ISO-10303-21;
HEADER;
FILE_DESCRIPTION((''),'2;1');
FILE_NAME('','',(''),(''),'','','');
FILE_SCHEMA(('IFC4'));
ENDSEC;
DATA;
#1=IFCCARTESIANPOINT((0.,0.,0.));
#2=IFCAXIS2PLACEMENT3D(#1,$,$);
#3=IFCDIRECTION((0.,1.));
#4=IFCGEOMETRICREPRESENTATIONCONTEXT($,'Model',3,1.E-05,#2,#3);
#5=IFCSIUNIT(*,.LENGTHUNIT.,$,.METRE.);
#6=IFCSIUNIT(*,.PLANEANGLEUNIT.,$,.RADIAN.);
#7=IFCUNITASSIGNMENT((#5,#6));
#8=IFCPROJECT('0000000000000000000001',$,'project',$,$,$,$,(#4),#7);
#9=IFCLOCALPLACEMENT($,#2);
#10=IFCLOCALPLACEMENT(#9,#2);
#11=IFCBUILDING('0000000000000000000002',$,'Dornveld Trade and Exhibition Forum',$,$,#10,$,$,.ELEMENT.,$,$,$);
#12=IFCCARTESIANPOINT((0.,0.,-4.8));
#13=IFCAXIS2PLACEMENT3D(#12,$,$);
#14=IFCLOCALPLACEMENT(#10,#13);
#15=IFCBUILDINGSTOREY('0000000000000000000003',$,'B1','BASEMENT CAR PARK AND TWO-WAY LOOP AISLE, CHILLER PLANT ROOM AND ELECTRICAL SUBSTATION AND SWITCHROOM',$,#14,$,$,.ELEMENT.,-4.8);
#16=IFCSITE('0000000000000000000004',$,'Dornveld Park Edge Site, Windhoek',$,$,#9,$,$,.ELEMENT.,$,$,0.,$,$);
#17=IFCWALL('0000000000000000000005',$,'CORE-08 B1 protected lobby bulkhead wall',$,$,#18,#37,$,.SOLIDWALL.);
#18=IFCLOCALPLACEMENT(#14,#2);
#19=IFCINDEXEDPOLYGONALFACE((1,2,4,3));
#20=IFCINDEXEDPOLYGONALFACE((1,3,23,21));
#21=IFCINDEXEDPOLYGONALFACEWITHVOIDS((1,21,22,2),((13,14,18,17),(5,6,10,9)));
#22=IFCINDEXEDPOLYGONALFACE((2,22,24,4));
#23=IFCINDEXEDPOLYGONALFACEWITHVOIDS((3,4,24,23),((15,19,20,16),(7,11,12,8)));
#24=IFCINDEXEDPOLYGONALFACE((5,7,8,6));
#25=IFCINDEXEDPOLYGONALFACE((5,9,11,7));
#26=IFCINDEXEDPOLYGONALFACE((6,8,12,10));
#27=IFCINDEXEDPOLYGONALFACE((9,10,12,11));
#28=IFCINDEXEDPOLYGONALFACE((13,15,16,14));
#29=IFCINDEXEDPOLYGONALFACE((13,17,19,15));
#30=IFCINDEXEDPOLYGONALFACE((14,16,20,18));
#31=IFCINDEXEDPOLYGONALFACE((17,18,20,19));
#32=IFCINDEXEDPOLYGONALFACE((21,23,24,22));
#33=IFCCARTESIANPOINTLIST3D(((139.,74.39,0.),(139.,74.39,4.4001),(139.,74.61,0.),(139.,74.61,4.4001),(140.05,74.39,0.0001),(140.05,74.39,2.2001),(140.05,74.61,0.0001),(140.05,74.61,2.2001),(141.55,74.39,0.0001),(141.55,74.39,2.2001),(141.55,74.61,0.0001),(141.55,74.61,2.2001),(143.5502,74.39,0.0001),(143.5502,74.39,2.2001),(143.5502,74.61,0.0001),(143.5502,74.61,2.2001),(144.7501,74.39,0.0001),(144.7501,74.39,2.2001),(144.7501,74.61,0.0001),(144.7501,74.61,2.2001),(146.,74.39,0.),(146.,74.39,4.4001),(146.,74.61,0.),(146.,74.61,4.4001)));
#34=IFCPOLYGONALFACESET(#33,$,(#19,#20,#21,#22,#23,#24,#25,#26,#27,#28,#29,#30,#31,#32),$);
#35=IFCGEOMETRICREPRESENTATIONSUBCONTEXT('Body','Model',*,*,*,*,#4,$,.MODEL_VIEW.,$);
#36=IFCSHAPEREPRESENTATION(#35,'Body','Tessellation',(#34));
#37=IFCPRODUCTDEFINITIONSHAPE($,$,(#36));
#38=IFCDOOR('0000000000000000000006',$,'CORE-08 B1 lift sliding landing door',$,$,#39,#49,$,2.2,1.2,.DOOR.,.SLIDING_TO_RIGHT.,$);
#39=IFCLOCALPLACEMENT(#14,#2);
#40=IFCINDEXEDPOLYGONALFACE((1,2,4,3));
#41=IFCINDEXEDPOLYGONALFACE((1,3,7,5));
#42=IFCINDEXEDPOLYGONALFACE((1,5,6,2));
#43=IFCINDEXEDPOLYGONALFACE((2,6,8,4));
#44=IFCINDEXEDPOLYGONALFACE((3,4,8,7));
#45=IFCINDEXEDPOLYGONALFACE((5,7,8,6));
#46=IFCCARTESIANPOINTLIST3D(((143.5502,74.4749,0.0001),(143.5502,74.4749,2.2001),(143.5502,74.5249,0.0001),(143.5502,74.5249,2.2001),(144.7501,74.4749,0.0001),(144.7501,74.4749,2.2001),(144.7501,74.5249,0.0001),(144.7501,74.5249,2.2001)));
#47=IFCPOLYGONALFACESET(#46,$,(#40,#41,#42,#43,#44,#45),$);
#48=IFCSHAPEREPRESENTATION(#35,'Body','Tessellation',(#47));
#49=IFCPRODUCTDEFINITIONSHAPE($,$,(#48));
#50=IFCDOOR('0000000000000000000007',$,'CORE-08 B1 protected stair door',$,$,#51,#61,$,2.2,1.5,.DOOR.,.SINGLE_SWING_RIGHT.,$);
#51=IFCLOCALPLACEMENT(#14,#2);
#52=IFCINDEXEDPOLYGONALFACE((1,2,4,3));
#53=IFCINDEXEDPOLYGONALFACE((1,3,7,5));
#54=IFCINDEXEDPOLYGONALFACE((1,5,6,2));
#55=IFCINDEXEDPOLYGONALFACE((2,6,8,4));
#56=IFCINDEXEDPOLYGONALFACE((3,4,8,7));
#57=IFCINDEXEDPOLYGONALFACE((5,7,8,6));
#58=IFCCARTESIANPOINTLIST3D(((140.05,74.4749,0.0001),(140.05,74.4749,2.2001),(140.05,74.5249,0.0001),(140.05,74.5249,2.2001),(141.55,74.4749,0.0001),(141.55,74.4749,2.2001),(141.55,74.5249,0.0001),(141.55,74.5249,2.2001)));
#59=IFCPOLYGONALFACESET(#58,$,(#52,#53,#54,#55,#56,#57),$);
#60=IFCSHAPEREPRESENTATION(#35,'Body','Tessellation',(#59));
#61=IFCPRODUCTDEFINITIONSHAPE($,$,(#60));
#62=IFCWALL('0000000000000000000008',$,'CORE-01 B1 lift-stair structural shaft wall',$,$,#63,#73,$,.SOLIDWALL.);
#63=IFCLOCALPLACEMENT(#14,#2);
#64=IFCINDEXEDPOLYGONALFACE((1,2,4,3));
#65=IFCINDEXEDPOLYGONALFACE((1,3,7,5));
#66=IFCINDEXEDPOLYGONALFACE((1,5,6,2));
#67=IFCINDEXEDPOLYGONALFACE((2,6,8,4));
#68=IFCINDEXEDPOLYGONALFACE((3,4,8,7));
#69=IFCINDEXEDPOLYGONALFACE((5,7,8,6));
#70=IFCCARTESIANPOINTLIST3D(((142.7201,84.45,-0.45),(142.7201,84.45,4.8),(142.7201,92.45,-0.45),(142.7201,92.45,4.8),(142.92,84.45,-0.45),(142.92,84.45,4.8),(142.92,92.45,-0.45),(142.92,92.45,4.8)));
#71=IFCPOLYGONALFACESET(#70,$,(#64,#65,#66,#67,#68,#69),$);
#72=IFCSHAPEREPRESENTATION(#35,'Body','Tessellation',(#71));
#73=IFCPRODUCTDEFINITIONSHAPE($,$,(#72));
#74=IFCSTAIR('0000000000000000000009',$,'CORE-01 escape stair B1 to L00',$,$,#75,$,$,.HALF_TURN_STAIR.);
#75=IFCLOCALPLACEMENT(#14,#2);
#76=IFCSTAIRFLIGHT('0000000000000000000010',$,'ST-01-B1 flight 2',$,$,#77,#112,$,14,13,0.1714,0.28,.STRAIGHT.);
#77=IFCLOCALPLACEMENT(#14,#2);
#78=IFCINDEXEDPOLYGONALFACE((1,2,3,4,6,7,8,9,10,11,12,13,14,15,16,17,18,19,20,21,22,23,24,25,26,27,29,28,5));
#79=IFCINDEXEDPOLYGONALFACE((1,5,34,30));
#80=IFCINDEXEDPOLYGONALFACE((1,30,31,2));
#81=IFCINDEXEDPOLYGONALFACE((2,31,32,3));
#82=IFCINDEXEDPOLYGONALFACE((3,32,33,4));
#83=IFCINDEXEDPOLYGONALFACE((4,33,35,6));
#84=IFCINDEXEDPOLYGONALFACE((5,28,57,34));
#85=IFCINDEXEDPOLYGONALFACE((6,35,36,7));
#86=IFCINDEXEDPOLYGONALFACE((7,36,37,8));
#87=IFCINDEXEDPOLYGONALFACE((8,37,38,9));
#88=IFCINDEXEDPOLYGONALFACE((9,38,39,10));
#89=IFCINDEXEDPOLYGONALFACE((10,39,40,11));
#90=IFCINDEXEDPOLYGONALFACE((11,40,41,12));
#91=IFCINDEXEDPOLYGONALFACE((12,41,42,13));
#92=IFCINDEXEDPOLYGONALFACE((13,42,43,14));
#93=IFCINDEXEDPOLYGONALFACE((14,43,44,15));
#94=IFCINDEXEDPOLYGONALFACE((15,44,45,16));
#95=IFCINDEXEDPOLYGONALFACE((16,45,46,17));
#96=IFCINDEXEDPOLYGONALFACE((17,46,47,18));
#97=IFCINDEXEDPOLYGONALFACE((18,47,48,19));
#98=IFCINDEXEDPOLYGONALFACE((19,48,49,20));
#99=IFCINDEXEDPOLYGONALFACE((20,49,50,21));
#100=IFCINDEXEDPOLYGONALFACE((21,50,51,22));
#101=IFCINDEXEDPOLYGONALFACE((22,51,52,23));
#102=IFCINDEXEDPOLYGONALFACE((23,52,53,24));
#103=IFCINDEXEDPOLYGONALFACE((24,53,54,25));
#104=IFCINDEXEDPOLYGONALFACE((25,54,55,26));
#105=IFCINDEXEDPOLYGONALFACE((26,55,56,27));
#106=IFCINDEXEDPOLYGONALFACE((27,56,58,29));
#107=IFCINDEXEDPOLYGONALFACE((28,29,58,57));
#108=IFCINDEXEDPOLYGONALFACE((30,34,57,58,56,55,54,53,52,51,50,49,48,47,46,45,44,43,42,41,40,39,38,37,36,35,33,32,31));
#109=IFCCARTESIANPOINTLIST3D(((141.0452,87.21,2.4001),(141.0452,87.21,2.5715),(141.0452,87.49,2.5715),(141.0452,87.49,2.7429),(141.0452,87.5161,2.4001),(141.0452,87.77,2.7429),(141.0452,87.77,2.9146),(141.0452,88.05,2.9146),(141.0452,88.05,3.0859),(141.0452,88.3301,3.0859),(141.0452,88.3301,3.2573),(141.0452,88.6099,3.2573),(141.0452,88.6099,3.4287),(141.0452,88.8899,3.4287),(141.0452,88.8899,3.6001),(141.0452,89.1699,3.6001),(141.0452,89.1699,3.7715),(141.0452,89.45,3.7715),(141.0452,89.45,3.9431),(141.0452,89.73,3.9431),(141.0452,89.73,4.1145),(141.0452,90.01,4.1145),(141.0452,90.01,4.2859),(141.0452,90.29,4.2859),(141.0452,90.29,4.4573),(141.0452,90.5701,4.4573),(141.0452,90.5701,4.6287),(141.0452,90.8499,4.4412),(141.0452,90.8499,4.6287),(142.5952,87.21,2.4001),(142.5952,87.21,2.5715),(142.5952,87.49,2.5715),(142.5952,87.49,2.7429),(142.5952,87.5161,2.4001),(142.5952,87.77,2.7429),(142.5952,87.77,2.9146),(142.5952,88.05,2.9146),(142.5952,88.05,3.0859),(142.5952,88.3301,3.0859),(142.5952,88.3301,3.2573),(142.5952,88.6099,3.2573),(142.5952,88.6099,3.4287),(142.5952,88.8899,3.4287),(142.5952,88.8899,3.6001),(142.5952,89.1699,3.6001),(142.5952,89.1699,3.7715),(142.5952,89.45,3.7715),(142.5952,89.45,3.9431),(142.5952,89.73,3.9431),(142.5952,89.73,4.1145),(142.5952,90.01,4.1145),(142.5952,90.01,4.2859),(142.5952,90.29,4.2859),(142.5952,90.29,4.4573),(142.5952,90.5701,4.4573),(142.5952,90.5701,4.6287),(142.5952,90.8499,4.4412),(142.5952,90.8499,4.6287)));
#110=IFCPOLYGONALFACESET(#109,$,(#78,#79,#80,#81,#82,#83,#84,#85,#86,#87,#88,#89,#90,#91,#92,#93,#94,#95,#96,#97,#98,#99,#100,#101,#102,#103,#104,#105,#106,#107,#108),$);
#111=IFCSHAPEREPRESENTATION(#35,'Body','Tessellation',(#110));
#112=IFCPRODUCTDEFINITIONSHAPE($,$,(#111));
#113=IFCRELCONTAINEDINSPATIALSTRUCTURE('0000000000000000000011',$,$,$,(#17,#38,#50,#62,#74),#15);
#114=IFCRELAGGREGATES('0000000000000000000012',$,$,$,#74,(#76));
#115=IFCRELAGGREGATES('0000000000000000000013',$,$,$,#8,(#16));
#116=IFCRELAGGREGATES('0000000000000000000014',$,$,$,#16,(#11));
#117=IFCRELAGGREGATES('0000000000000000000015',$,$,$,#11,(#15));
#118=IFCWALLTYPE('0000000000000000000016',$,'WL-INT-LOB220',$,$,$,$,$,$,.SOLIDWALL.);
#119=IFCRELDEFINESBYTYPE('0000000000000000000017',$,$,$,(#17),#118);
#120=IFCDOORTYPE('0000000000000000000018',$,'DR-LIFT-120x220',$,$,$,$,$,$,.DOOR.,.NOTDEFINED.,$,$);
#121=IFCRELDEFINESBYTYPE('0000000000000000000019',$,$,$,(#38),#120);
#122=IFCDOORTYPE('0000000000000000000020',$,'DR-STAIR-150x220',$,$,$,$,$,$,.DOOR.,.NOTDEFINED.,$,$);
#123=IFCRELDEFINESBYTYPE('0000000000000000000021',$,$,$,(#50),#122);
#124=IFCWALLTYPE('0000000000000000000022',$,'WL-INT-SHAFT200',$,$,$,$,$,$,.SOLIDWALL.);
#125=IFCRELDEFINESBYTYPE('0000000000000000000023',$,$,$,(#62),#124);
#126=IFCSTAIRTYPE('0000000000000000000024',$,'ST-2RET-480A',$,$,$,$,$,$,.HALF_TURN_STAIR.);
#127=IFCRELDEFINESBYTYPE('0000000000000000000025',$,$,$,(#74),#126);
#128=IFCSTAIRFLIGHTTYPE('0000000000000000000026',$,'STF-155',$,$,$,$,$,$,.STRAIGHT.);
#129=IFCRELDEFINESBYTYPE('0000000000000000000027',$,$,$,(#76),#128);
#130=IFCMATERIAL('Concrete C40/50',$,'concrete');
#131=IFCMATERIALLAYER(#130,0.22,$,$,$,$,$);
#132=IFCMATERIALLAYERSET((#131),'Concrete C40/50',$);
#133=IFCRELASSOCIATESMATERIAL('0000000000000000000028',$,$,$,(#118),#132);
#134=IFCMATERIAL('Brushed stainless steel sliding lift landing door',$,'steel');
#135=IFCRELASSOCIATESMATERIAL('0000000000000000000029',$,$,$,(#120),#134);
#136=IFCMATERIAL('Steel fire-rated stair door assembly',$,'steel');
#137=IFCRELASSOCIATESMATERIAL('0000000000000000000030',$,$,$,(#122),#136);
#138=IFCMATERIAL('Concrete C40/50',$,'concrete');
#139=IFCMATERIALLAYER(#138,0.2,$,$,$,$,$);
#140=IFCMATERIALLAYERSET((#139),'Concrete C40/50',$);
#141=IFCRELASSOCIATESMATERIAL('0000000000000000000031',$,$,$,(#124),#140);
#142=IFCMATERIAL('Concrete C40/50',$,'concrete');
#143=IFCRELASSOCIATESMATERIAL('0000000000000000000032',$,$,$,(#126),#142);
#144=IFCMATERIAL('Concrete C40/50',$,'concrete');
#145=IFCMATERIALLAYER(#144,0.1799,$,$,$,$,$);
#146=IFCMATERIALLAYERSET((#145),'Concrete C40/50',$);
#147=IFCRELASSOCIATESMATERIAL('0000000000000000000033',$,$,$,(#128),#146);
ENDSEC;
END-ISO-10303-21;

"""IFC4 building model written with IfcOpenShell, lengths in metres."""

from ifc_helpers import new_model, si_unit, direction, frame, frame_2d, origin, place, context, subcontext, project, spatial, polyline, rectangle, outline, extrude, material, layer, layer_set, type_object, element, fill, aggregate, save


model = new_model("IFC4")

# Units and contexts
model_context = context("Model", 3, precision=1e-05, world=origin(), true_north=direction((0.0, 1.0)))
body_context = subcontext(model_context, "Body", "Model", "MODEL_VIEW")
ifc_project = project(units=[si_unit("LENGTHUNIT", "METRE"), si_unit("PLANEANGLEUNIT", "RADIAN")], contexts=[model_context])

# Site, building, storey
site_placement = place(None, origin())
site = spatial("IfcSite", under=ifc_project, at=site_placement, Name="Dornveld Park Edge Site, Windhoek", CompositionType="ELEMENT", RefElevation=0.0)
building_placement = place(site_placement, origin())
building = spatial("IfcBuilding", under=site, at=building_placement, Name="Dornveld Trade and Exhibition Forum", CompositionType="ELEMENT")
storey_placement = place(building_placement, frame((0.0, 0.0, -4.8)))
storey = spatial("IfcBuildingStorey", under=building, at=storey_placement, Name="B1", Description="BASEMENT CAR PARK AND TWO-WAY LOOP AISLE, CHILLER PLANT ROOM AND ELECTRICAL SUBSTATION AND SWITCHROOM", CompositionType="ELEMENT", Elevation=-4.8)

# Wall, openings, doors
ifc_material_1 = material(Name="Concrete C40/50", Category="concrete")
ifc_layer_1 = layer(ifc_material_1, 0.22)
ifc_layer_set_1 = layer_set([ifc_layer_1], Name="Concrete C40/50")
wall_type_1 = type_object("IfcWallType", Name="WL-INT-LOB220", PredefinedType="SOLIDWALL", material=ifc_layer_set_1)
wall_1_placement = place(storey_placement, frame((139.0, 74.5, 0.0), z_axis=(0.0, 0.0, 1.0), x_axis=(1.0, 0.0, 0.0)))
wall_1 = element("IfcWall", 1, at=wall_1_placement, inside=storey, type_object=wall_type_1, Name="CORE-08 B1 protected lobby bulkhead wall", PredefinedType="SOLIDWALL", context=body_context, shape_type="SweptSolid", body=[
    extrude(rectangle(XDim=7.0, YDim=0.22, at=frame_2d((3.5, 0.0))), origin(), (0.0, 0.0, 1.0), 4.4001),
])
opening_1_placement = place(wall_1_placement, frame((1.05, 0.0, 0.0)))
opening_1 = element("IfcOpeningElement", 2, at=opening_1_placement, cuts=wall_1, PredefinedType="OPENING", context=body_context, shape_type="SweptSolid", body=[
    extrude(rectangle(XDim=1.5, YDim=2.2, at=frame_2d((0.75, 1.1001))), frame((0.0, 0.1199, 0.0), z_axis=(0.0, -1.0, 0.0), x_axis=(1.0, 0.0, 0.0)), (0.0, 0.0, 1.0), 0.24),
])
opening_2_placement = place(wall_1_placement, frame((4.55, 0.0, 0.0)))
opening_2 = element("IfcOpeningElement", 3, at=opening_2_placement, cuts=wall_1, PredefinedType="OPENING", context=body_context, shape_type="SweptSolid", body=[
    extrude(rectangle(XDim=1.2, YDim=2.2, at=frame_2d((0.6001, 1.1001))), frame((0.0, 0.1199, 0.0), z_axis=(0.0, -1.0, 0.0), x_axis=(1.0, 0.0, 0.0)), (0.0, 0.0, 1.0), 0.24),
])
ifc_material_2 = material(Name="Brushed stainless steel sliding lift landing door", Category="steel")
door_type_1 = type_object("IfcDoorType", Name="DR-LIFT-120x220", OperationType="NOTDEFINED", PredefinedType="DOOR", material=ifc_material_2)
door_1_placement = place(opening_2_placement, origin())
door_1 = element("IfcDoor", 4, at=door_1_placement, inside=storey, type_object=door_type_1, Name="CORE-08 B1 lift sliding landing door", OperationType="SLIDING_TO_RIGHT", OverallHeight=2.2, OverallWidth=1.2, PredefinedType="DOOR", context=body_context, shape_type="SweptSolid", body=[
    extrude(rectangle(XDim=1.2, YDim=2.2, at=frame_2d((0.6001, 1.1001))), frame((0.0, 0.0249, 0.0), z_axis=(0.0, -1.0, 0.0), x_axis=(1.0, 0.0, 0.0)), (0.0, 0.0, 1.0), 0.05),
])
fill(opening_2, door_1)
ifc_material_3 = material(Name="Steel fire-rated stair door assembly", Category="steel")
door_type_2 = type_object("IfcDoorType", Name="DR-STAIR-150x220", OperationType="NOTDEFINED", PredefinedType="DOOR", material=ifc_material_3)
door_2_placement = place(opening_1_placement, origin())
door_2 = element("IfcDoor", 5, at=door_2_placement, inside=storey, type_object=door_type_2, Name="CORE-08 B1 protected stair door", OperationType="SINGLE_SWING_RIGHT", OverallHeight=2.2, OverallWidth=1.5, PredefinedType="DOOR", context=body_context, shape_type="SweptSolid", body=[
    extrude(rectangle(XDim=1.5, YDim=2.2, at=frame_2d((0.75, 1.1001))), frame((0.0, 0.0249, 0.0), z_axis=(0.0, -1.0, 0.0), x_axis=(1.0, 0.0, 0.0)), (0.0, 0.0, 1.0), 0.05),
])
fill(opening_1, door_2)

# Wall
ifc_material_4 = material(Name="Concrete C40/50", Category="concrete")
ifc_layer_2 = layer(ifc_material_4, 0.2)
ifc_layer_set_2 = layer_set([ifc_layer_2], Name="Concrete C40/50")
wall_type_2 = type_object("IfcWallType", Name="WL-INT-SHAFT200", PredefinedType="SOLIDWALL", material=ifc_layer_set_2)
wall_2_placement = place(storey_placement, frame((142.8201, 84.45, -0.45), z_axis=(0.0, 0.0, 1.0), x_axis=(0.0, 1.0, 0.0)))
element("IfcWall", 6, at=wall_2_placement, inside=storey, type_object=wall_type_2, Name="CORE-01 B1 lift-stair structural shaft wall", PredefinedType="SOLIDWALL", context=body_context, shape_type="SweptSolid", body=[
    extrude(rectangle(XDim=8.0, YDim=0.2, at=frame_2d((4.0, 0.0))), origin(), (0.0, 0.0, 1.0), 5.25),
])

# Stair, stair flight
ifc_material_5 = material(Name="Concrete C40/50", Category="concrete")
stair_type = type_object("IfcStairType", Name="ST-2RET-480A", PredefinedType="HALF_TURN_STAIR", material=ifc_material_5)
stair_placement = place(storey_placement, origin())
stair = element("IfcStair", 7, at=stair_placement, inside=storey, type_object=stair_type, Name="CORE-01 escape stair B1 to L00", PredefinedType="HALF_TURN_STAIR")
ifc_material_6 = material(Name="Concrete C40/50", Category="concrete")
ifc_layer_3 = layer(ifc_material_6, 0.1799)
ifc_layer_set_3 = layer_set([ifc_layer_3], Name="Concrete C40/50")
stair_flight_type = type_object("IfcStairFlightType", Name="STF-155", PredefinedType="STRAIGHT", material=ifc_layer_set_3)
stair_flight_placement = place(storey_placement, frame((141.8201, 87.21, 2.4001), z_axis=(0.0, 0.0, 1.0), x_axis=(0.0, 1.0, 0.0)))
stair_flight = element("IfcStairFlight", 8, at=stair_flight_placement, type_object=stair_flight_type, Name="ST-01-B1 flight 2", NumberOfRisers=14, NumberOfTreads=13, PredefinedType="STRAIGHT", RiserHeight=0.1714, TreadLength=0.28, context=body_context, shape_type="SweptSolid", body=[
    extrude(outline(polyline([(0.0, 0.0), (0.0, 0.1714), (0.28, 0.1714), (0.28, 0.3428), (0.5601, 0.3428), (0.5601, 0.5144), (0.8401, 0.5144), (0.8401, 0.6858), (1.1201, 0.6858), (1.1201, 0.8572), (1.3999, 0.8572), (1.3999, 1.0286), (1.6799, 1.0286), (1.6799, 1.2), (1.96, 1.2), (1.96, 1.3713), (2.24, 1.3713), (2.24, 1.543), (2.52, 1.543), (2.52, 1.7144), (2.8, 1.7144), (2.8, 1.8857), (3.0801, 1.8857), (3.0801, 2.0571), (3.3601, 2.0571), (3.3601, 2.2285), (3.6399, 2.2285), (3.6399, 2.3999), (3.6399, 2.041), (0.3062, 0.0), (0.0, 0.0)])), frame((0.0, 0.7749, 0.0), z_axis=(0.0, -1.0, 0.0), x_axis=(1.0, 0.0, 0.0)), (0.0, 0.0, 1.0), 1.55),
])
aggregate(stair, [stair_flight])

save(model, "model.ifc")
